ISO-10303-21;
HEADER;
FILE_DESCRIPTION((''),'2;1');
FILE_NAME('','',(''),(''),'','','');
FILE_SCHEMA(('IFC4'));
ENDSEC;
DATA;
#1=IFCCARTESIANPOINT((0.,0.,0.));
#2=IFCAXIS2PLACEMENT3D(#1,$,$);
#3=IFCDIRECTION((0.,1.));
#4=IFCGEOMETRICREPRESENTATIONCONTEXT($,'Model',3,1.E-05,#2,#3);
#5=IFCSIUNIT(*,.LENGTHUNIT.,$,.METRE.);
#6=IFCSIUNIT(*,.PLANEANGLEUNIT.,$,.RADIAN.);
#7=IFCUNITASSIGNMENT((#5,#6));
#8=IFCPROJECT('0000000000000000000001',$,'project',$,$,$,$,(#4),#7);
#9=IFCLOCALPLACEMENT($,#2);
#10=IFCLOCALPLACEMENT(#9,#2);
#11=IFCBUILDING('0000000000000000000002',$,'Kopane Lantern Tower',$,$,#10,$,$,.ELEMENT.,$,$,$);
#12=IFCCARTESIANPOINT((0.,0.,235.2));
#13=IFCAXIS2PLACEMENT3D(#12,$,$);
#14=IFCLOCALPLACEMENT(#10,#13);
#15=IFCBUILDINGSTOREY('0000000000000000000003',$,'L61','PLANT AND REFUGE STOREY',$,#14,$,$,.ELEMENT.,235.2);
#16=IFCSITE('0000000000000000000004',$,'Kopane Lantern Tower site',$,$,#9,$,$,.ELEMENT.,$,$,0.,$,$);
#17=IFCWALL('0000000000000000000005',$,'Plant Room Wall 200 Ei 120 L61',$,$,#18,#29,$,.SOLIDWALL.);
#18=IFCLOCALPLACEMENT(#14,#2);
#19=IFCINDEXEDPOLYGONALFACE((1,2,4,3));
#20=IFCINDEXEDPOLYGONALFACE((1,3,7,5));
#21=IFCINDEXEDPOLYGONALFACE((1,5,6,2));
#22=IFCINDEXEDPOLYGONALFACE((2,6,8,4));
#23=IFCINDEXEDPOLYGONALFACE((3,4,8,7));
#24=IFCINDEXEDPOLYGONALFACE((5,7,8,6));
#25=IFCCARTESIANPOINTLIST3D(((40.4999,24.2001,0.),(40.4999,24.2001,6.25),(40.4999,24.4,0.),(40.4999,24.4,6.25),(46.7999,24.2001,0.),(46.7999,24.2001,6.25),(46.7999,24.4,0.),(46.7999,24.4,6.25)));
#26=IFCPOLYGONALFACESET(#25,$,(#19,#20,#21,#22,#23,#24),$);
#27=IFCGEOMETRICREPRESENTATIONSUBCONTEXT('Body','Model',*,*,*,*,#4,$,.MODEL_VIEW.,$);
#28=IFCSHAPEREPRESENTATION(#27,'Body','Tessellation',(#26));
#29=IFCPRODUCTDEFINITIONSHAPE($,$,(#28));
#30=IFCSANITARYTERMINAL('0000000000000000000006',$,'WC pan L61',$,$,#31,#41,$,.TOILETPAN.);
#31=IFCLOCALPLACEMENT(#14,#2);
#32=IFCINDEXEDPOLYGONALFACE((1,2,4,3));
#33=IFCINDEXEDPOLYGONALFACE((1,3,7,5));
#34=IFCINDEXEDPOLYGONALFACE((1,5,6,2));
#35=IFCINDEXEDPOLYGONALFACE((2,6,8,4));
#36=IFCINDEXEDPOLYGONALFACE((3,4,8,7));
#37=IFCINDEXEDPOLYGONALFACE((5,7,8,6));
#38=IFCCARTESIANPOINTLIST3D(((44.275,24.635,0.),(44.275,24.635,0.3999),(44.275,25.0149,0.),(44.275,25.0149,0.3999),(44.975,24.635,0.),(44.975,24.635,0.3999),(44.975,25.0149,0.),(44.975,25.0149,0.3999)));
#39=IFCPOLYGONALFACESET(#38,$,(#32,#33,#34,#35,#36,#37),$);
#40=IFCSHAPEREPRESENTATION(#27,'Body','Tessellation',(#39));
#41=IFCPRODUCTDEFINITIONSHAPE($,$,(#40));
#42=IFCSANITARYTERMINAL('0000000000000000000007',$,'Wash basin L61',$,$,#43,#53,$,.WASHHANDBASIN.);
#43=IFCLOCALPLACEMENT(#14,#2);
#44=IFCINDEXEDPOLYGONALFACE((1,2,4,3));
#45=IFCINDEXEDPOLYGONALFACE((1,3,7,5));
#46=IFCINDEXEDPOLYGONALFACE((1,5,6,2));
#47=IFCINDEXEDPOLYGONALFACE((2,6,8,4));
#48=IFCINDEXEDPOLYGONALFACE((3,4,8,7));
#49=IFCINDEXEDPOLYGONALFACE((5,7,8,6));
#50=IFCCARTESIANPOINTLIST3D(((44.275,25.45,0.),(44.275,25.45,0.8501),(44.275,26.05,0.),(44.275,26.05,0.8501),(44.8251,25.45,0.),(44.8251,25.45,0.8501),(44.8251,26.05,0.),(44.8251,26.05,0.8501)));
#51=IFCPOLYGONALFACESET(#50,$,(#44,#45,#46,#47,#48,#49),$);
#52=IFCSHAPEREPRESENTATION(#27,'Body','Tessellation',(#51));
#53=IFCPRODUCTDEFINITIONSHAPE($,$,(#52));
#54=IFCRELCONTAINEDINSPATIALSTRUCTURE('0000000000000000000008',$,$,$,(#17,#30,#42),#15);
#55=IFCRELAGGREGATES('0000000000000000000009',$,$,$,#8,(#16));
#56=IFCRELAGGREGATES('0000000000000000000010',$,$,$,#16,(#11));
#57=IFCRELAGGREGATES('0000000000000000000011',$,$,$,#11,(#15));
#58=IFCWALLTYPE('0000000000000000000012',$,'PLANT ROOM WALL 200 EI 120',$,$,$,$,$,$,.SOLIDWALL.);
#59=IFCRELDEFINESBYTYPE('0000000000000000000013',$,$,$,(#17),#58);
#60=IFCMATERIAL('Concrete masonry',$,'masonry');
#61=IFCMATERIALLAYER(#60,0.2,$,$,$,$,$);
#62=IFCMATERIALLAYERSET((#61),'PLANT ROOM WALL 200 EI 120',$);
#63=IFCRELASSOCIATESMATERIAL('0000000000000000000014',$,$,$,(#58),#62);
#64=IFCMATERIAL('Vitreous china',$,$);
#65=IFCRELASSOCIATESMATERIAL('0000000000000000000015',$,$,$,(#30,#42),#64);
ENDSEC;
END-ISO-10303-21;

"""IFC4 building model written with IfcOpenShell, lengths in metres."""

from ifc_helpers import new_model, si_unit, direction, frame, frame_2d, origin, origin_2d, place, context, subcontext, project, spatial, rectangle, extrude, material, layer, layer_set, type_object, element, save


model = new_model("IFC4")

# Units and contexts
model_context = context("Model", 3, precision=1e-05, world=origin(), true_north=direction((0.0, 1.0)))
body_context = subcontext(model_context, "Body", "Model", "MODEL_VIEW")
ifc_project = project(units=[si_unit("LENGTHUNIT", "METRE"), si_unit("PLANEANGLEUNIT", "RADIAN")], contexts=[model_context])

# Site, building, storey
site_placement = place(None, origin())
site = spatial("IfcSite", under=ifc_project, at=site_placement, Name="Kopane Lantern Tower site", CompositionType="ELEMENT", RefElevation=0.0)
building_placement = place(site_placement, origin())
building = spatial("IfcBuilding", under=site, at=building_placement, Name="Kopane Lantern Tower", CompositionType="ELEMENT")
storey_placement = place(building_placement, frame((0.0, 0.0, 235.2)))
storey = spatial("IfcBuildingStorey", under=building, at=storey_placement, Name="L61", Description="PLANT AND REFUGE STOREY", CompositionType="ELEMENT", Elevation=235.2)

# Wall
ifc_material_1 = material(Name="Concrete masonry", Category="masonry")
ifc_layer_1 = layer(ifc_material_1, 0.2)
ifc_layer_set_1 = layer_set([ifc_layer_1], Name="PLANT ROOM WALL 200 EI 120")
wall_type_1 = type_object("IfcWallType", Name="PLANT ROOM WALL 200 EI 120", PredefinedType="SOLIDWALL", material=ifc_layer_set_1)
wall_1_placement = place(storey_placement, frame((40.5, 24.3, 0.0), z_axis=(0.0, 0.0, 1.0), x_axis=(1.0, 0.0, 0.0)))
element("IfcWall", 1, at=wall_1_placement, inside=storey, type_object=wall_type_1, Name="Plant Room Wall 200 Ei 120 L61", PredefinedType="SOLIDWALL", context=body_context, shape_type="SweptSolid", body=[
    extrude(rectangle(XDim=6.3, YDim=0.2, at=frame_2d((3.1499, 0.0))), origin(), (0.0, 0.0, 1.0), 6.25),
])

# Sanitary terminals
ifc_material_2 = material(Name="Vitreous china")
sanitary_terminal_1_placement = place(storey_placement, frame((44.625, 24.825, 0.0), z_axis=(0.0, 0.0, 1.0), x_axis=(1.0, 0.0, 0.0)))
element("IfcSanitaryTerminal", 2, at=sanitary_terminal_1_placement, inside=storey, material=ifc_material_2, Name="WC pan L61", PredefinedType="TOILETPAN", context=body_context, shape_type="SweptSolid", body=[
    extrude(rectangle(XDim=0.7, YDim=0.3799, at=origin_2d()), origin(), (0.0, 0.0, 1.0), 0.3999),
])
sanitary_terminal_2_placement = place(storey_placement, frame((44.55, 25.75, 0.0), z_axis=(0.0, 0.0, 1.0), x_axis=(1.0, 0.0, 0.0)))
element("IfcSanitaryTerminal", 3, at=sanitary_terminal_2_placement, inside=storey, material=ifc_material_2, Name="Wash basin L61", PredefinedType="WASHHANDBASIN", context=body_context, shape_type="SweptSolid", body=[
    extrude(rectangle(XDim=0.55, YDim=0.6001, at=origin_2d()), origin(), (0.0, 0.0, 1.0), 0.8501),
])

save(model, "model.ifc")
